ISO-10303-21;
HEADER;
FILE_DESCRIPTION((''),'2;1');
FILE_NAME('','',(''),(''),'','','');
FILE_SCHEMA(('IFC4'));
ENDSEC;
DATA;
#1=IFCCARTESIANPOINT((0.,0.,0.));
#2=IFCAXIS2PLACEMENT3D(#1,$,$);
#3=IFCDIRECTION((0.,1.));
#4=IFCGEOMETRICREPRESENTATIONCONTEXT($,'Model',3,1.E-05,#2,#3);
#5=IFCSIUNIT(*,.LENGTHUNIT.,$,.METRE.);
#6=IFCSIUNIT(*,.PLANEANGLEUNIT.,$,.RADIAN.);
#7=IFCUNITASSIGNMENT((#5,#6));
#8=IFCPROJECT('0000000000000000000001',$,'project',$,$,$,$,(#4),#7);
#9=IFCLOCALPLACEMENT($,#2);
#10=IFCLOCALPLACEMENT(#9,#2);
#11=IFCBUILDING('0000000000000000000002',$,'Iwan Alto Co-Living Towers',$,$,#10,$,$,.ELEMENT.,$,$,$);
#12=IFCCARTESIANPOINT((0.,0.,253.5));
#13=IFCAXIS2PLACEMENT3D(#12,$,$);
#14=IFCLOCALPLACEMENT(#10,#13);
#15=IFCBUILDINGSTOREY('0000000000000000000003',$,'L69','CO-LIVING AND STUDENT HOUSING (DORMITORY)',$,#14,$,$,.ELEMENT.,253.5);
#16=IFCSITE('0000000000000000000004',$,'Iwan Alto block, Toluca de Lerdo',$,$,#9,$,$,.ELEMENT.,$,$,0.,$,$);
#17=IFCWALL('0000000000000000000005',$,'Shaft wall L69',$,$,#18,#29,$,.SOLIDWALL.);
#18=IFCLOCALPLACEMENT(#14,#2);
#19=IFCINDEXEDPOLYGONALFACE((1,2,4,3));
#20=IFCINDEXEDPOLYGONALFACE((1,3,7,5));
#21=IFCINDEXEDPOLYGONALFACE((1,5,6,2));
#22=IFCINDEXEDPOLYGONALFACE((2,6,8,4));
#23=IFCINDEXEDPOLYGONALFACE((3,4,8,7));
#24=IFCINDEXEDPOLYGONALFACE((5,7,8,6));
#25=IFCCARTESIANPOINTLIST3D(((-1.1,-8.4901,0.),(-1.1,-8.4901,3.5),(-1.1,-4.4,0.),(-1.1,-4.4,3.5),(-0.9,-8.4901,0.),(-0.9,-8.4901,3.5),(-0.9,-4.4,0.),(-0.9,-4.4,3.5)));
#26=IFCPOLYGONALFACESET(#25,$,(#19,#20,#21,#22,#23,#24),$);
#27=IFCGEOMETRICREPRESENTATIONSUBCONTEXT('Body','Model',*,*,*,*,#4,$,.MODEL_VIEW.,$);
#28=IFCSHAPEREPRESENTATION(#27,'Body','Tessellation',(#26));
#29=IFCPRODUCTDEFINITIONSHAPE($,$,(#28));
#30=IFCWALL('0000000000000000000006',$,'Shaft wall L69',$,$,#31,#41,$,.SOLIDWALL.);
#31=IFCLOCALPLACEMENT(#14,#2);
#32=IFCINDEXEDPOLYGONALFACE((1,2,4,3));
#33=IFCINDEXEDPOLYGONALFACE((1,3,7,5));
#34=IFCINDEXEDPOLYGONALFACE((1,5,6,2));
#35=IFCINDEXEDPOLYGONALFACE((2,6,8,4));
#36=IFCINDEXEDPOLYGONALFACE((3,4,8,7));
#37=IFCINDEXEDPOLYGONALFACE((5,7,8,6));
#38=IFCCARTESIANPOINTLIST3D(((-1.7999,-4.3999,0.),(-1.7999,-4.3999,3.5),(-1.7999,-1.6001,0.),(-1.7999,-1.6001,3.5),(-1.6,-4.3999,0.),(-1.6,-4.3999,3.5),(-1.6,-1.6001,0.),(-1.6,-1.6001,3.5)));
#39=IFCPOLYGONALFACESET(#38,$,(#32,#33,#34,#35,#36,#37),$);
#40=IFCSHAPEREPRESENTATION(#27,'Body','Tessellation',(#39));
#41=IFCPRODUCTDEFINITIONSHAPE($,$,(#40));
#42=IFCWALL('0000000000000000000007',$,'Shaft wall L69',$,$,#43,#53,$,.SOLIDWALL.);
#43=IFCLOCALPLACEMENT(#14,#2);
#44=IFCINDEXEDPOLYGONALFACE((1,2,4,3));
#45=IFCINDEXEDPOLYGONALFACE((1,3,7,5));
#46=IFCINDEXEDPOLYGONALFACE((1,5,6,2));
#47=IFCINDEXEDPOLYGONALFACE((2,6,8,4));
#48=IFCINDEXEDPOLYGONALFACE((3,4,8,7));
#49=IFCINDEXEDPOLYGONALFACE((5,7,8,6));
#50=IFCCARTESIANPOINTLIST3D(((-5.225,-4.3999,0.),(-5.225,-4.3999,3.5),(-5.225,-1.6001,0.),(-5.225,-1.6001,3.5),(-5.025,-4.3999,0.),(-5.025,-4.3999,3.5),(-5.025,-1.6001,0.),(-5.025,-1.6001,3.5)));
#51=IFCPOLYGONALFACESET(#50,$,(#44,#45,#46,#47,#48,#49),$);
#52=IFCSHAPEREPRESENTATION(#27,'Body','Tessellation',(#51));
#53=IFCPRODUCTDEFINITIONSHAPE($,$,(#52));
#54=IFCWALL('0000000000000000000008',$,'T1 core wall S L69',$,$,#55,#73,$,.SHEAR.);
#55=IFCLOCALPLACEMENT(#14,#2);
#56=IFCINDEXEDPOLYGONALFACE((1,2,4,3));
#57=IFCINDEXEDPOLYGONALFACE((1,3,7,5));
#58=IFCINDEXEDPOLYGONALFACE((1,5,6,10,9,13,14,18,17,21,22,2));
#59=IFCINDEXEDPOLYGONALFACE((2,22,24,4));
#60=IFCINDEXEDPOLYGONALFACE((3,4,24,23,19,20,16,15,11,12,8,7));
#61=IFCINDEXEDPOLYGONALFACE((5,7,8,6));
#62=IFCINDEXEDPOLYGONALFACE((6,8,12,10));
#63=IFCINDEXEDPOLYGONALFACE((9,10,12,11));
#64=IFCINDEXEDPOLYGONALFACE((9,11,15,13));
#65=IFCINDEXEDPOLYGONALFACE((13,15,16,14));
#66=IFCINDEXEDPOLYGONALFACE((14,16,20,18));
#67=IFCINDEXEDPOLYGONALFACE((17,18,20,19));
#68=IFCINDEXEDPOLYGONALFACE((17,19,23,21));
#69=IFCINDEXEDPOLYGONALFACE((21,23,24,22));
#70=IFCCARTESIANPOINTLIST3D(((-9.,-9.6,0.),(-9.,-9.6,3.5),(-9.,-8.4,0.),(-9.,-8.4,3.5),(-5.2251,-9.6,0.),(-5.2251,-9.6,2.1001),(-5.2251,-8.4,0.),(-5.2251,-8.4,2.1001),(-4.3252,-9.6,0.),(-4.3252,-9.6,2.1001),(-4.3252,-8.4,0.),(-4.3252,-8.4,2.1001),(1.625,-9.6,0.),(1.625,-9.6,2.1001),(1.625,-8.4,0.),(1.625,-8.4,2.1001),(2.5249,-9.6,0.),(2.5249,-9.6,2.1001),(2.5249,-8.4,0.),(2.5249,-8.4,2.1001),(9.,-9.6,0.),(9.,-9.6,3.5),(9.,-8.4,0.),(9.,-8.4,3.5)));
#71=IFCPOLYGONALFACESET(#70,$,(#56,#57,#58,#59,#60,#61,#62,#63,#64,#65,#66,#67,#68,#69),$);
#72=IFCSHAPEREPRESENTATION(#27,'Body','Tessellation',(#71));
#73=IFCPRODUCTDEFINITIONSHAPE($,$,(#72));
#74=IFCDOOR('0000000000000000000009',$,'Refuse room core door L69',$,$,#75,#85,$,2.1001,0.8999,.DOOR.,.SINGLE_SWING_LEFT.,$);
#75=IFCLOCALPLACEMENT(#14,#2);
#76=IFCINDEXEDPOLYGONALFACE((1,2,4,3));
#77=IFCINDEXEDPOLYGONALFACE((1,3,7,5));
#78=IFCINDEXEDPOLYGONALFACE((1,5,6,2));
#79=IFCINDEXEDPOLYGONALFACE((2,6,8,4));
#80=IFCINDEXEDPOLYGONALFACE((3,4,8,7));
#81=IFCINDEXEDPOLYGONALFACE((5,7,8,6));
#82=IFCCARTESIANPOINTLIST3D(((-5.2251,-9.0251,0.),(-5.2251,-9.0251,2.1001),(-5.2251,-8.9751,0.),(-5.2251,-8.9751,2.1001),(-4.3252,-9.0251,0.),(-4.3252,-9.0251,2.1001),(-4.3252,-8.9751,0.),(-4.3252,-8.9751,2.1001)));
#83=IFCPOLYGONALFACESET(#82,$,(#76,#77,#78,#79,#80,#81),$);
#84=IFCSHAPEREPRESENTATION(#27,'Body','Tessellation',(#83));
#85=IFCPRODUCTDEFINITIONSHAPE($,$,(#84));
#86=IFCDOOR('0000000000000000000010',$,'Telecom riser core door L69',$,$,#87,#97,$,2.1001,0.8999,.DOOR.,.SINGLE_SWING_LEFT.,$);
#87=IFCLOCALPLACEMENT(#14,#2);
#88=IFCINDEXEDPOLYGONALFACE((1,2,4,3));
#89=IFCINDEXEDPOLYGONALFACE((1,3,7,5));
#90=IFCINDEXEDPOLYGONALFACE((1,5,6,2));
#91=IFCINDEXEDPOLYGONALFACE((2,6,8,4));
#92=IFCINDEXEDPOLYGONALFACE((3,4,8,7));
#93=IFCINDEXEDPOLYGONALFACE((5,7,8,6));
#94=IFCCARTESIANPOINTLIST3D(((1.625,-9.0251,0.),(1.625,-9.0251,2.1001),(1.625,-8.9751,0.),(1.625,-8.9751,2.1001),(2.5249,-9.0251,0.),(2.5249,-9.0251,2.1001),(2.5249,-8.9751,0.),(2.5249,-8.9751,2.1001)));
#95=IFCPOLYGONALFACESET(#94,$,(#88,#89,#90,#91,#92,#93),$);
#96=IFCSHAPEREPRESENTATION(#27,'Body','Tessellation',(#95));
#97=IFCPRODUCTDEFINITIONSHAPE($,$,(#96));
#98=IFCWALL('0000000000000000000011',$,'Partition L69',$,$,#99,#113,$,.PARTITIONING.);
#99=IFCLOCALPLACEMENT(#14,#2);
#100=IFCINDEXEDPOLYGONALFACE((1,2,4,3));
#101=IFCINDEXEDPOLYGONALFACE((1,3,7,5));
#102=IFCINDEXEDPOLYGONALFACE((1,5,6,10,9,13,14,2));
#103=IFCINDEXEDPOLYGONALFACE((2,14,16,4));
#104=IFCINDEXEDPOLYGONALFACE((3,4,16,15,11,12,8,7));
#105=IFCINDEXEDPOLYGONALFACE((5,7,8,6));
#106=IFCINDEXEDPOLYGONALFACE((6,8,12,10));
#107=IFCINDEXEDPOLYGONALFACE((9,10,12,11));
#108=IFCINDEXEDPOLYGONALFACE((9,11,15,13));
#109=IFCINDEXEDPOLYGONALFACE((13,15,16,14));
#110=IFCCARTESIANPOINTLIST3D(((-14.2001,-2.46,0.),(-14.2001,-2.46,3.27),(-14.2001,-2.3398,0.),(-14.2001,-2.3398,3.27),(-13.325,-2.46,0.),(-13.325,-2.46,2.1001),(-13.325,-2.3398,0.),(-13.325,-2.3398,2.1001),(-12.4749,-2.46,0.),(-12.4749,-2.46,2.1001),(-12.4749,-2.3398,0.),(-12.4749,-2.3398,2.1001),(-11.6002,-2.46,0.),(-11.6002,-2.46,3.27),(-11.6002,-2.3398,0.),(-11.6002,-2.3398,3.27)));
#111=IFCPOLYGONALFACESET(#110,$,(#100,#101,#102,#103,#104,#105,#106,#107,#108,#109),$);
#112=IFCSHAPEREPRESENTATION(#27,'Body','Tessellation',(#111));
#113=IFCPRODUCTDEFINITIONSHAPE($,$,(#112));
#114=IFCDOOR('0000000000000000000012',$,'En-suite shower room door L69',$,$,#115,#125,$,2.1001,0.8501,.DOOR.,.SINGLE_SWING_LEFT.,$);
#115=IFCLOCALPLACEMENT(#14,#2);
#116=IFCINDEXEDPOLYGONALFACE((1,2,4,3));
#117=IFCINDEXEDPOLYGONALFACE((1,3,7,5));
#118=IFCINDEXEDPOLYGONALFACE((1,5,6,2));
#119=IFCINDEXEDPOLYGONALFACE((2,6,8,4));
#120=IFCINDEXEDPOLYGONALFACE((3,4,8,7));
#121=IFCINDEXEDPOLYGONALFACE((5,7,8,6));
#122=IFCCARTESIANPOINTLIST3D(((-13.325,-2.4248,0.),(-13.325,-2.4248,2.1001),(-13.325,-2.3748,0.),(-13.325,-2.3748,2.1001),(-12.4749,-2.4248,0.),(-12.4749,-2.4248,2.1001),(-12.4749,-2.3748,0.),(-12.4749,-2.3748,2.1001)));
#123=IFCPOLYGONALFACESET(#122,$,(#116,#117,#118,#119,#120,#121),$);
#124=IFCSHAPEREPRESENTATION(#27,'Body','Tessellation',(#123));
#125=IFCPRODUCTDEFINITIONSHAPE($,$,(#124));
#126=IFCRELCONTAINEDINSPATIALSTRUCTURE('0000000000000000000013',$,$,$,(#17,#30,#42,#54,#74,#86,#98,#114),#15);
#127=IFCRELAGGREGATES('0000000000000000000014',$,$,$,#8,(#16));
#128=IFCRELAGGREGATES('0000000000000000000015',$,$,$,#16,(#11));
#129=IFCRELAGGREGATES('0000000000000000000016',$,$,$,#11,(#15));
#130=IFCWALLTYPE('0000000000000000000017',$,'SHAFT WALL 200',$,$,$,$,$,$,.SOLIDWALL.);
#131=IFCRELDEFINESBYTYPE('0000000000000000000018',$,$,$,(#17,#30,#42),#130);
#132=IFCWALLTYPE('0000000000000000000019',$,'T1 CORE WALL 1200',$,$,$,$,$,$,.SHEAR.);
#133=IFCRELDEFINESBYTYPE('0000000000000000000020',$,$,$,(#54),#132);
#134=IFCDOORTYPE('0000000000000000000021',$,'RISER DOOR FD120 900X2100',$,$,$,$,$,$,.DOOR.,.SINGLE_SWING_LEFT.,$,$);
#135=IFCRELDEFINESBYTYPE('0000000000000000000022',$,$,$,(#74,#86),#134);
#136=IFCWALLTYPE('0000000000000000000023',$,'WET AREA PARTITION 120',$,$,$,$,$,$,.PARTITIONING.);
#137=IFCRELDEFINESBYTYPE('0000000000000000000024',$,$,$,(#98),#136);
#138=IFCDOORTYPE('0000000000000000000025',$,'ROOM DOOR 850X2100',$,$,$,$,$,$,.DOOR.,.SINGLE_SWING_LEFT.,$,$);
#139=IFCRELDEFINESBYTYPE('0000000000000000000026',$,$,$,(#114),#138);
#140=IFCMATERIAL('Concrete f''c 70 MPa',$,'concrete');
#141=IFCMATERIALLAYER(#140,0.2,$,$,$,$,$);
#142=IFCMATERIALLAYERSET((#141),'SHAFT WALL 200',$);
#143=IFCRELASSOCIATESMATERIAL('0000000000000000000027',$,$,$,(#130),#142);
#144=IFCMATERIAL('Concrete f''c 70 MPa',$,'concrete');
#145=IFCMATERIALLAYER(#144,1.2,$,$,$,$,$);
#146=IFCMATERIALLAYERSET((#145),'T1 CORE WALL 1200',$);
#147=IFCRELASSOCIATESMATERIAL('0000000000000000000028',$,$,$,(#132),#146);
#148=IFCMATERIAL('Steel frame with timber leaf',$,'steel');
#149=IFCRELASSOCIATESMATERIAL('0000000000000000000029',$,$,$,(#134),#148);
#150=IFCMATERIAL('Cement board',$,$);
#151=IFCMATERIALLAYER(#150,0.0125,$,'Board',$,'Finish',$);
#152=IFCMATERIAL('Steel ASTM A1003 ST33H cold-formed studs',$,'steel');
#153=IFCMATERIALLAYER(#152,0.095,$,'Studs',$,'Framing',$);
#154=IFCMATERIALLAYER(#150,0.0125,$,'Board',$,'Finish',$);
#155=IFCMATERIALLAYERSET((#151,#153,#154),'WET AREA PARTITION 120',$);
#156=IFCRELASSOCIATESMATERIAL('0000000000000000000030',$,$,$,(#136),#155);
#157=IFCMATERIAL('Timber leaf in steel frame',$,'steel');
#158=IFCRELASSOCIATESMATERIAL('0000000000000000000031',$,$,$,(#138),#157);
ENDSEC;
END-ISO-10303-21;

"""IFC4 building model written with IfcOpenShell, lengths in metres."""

from ifc_helpers import new_model, si_unit, direction, frame, frame_2d, origin, place, context, subcontext, project, spatial, rectangle, extrude, material, layer, layer_set, type_object, element, fill, save


model = new_model("IFC4")

# Units and contexts
model_context = context("Model", 3, precision=1e-05, world=origin(), true_north=direction((0.0, 1.0)))
body_context = subcontext(model_context, "Body", "Model", "MODEL_VIEW")
ifc_project = project(units=[si_unit("LENGTHUNIT", "METRE"), si_unit("PLANEANGLEUNIT", "RADIAN")], contexts=[model_context])

# Site, building, storey
site_placement = place(None, origin())
site = spatial("IfcSite", under=ifc_project, at=site_placement, Name="Iwan Alto block, Toluca de Lerdo", CompositionType="ELEMENT", RefElevation=0.0)
building_placement = place(site_placement, origin())
building = spatial("IfcBuilding", under=site, at=building_placement, Name="Iwan Alto Co-Living Towers", CompositionType="ELEMENT")
storey_placement = place(building_placement, frame((0.0, 0.0, 253.5)))
storey = spatial("IfcBuildingStorey", under=building, at=storey_placement, Name="L69", Description="CO-LIVING AND STUDENT HOUSING (DORMITORY)", CompositionType="ELEMENT", Elevation=253.5)

# Shared definitions
ifc_material_1 = material(Name="Steel ASTM A1003 ST33H cold-formed studs", Category="steel")

# Shared definitions
ifc_material_2 = material(Name="Concrete f'c 70 MPa", Category="concrete")
ifc_layer_1 = layer(ifc_material_2, 0.2)
ifc_layer_set_1 = layer_set([ifc_layer_1], Name="SHAFT WALL 200")
wall_type_1 = type_object("IfcWallType", Name="SHAFT WALL 200", PredefinedType="SOLIDWALL", material=ifc_layer_set_1)

# Walls
wall_1_placement = place(storey_placement, frame((-1.0, -8.49, 0.0), z_axis=(0.0, 0.0, 1.0), x_axis=(0.0, 1.0, 0.0)))
element("IfcWall", 1, at=wall_1_placement, inside=storey, type_object=wall_type_1, Name="Shaft wall L69", PredefinedType="SOLIDWALL", context=body_context, shape_type="SweptSolid", body=[
    extrude(rectangle(XDim=4.0901, YDim=0.2, at=frame_2d((2.0449, 0.0))), origin(), (0.0, 0.0, 1.0), 3.5),
])
for number, where, z_axis, x_axis, name in (
    (2, (-1.7, -4.3999, 0.0), (0.0, 0.0, 1.0), (0.0, 1.0, 0.0), "Shaft wall L69"),
    (3, (-5.125, -4.3999, 0.0), (0.0, 0.0, 1.0), (0.0, 1.0, 0.0), "Shaft wall L69"),
):
    element("IfcWall", number, at=place(storey_placement, frame(where, z_axis=z_axis, x_axis=x_axis)), inside=storey, type_object=wall_type_1, Name=name, PredefinedType="SOLIDWALL", context=body_context, shape_type="SweptSolid", body=[
        extrude(rectangle(XDim=2.7998, YDim=0.2, at=frame_2d((1.3999, 0.0))), origin(), (0.0, 0.0, 1.0), 3.5),
    ])

# Wall, openings, doors
ifc_material_3 = material(Name="Concrete f'c 70 MPa", Category="concrete")
ifc_layer_2 = layer(ifc_material_3, 1.2)
ifc_layer_set_2 = layer_set([ifc_layer_2], Name="T1 CORE WALL 1200")
wall_type_2 = type_object("IfcWallType", Name="T1 CORE WALL 1200", PredefinedType="SHEAR", material=ifc_layer_set_2)
wall_2_placement = place(storey_placement, frame((-9.0, -9.0, 0.0), z_axis=(0.0, 0.0, 1.0), x_axis=(1.0, 0.0, 0.0)))
wall_2 = element("IfcWall", 4, at=wall_2_placement, inside=storey, type_object=wall_type_2, Name="T1 core wall S L69", PredefinedType="SHEAR", context=body_context, shape_type="SweptSolid", body=[
    extrude(rectangle(XDim=18.0, YDim=1.2, at=frame_2d((9.0, 0.0))), origin(), (0.0, 0.0, 1.0), 3.5),
])
opening_1_placement = place(wall_2_placement, frame((3.7749, 0.0, 0.0)))
opening_1 = element("IfcOpeningElement", 5, at=opening_1_placement, cuts=wall_2, PredefinedType="OPENING", context=body_context, shape_type="SweptSolid", body=[
    extrude(rectangle(XDim=0.8999, YDim=2.1001, at=frame_2d((0.45, 1.05))), frame((0.0, 0.6099, 0.0), z_axis=(0.0, -1.0, 0.0), x_axis=(1.0, 0.0, 0.0)), (0.0, 0.0, 1.0), 1.22),
])
opening_2_placement = place(wall_2_placement, frame((10.625, 0.0, 0.0)))
opening_2 = element("IfcOpeningElement", 6, at=opening_2_placement, cuts=wall_2, PredefinedType="OPENING", context=body_context, shape_type="SweptSolid", body=[
    extrude(rectangle(XDim=0.8999, YDim=2.1001, at=frame_2d((0.45, 1.05))), frame((0.0, 0.6099, 0.0), z_axis=(0.0, -1.0, 0.0), x_axis=(1.0, 0.0, 0.0)), (0.0, 0.0, 1.0), 1.22),
])
ifc_material_4 = material(Name="Steel frame with timber leaf", Category="steel")
door_type_1 = type_object("IfcDoorType", Name="RISER DOOR FD120 900X2100", OperationType="SINGLE_SWING_LEFT", PredefinedType="DOOR", material=ifc_material_4)
door_1_placement = place(opening_1_placement, origin())
door_1 = element("IfcDoor", 7, at=door_1_placement, inside=storey, type_object=door_type_1, Name="Refuse room core door L69", OperationType="SINGLE_SWING_LEFT", OverallHeight=2.1001, OverallWidth=0.8999, PredefinedType="DOOR", context=body_context, shape_type="SweptSolid", body=[
    extrude(rectangle(XDim=0.8999, YDim=2.1001, at=frame_2d((0.45, 1.05))), frame((0.0, 0.0249, 0.0), z_axis=(0.0, -1.0, 0.0), x_axis=(1.0, 0.0, 0.0)), (0.0, 0.0, 1.0), 0.05),
])
fill(opening_1, door_1)
door_2_placement = place(opening_2_placement, origin())
door_2 = element("IfcDoor", 8, at=door_2_placement, inside=storey, type_object=door_type_1, Name="Telecom riser core door L69", OperationType="SINGLE_SWING_LEFT", OverallHeight=2.1001, OverallWidth=0.8999, PredefinedType="DOOR", context=body_context, shape_type="SweptSolid", body=[
    extrude(rectangle(XDim=0.8999, YDim=2.1001, at=frame_2d((0.45, 1.05))), frame((0.0, 0.0249, 0.0), z_axis=(0.0, -1.0, 0.0), x_axis=(1.0, 0.0, 0.0)), (0.0, 0.0, 1.0), 0.05),
])
fill(opening_2, door_2)

# Wall, opening, door
ifc_material_5 = material(Name="Cement board")
ifc_layer_3 = layer(ifc_material_5, 0.0125, Name="Board", Category="Finish")
ifc_layer_4 = layer(ifc_material_1, 0.095, Name="Studs", Category="Framing")
ifc_layer_5 = layer(ifc_material_5, 0.0125, Name="Board", Category="Finish")
ifc_layer_set_3 = layer_set([ifc_layer_3, ifc_layer_4, ifc_layer_5], Name="WET AREA PARTITION 120")
wall_type_3 = type_object("IfcWallType", Name="WET AREA PARTITION 120", PredefinedType="PARTITIONING", material=ifc_layer_set_3)
wall_3_placement = place(storey_placement, frame((-14.2, -2.3999, 0.0), z_axis=(0.0, 0.0, 1.0), x_axis=(1.0, 0.0, 0.0)))
wall_3 = element("IfcWall", 9, at=wall_3_placement, inside=storey, type_object=wall_type_3, Name="Partition L69", PredefinedType="PARTITIONING", context=body_context, shape_type="SweptSolid", body=[
    extrude(rectangle(XDim=2.5999, YDim=0.1201, at=frame_2d((1.2998, 0.0))), origin(), (0.0, 0.0, 1.0), 3.27),
])
opening_3_placement = place(wall_3_placement, frame((0.875, 0.0, 0.0)))
opening_3 = element("IfcOpeningElement", 10, at=opening_3_placement, cuts=wall_3, PredefinedType="OPENING", context=body_context, shape_type="SweptSolid", body=[
    extrude(rectangle(XDim=0.8501, YDim=2.1001, at=frame_2d((0.425, 1.05))), frame((0.0, 0.0701, 0.0), z_axis=(0.0, -1.0, 0.0), x_axis=(1.0, 0.0, 0.0)), (0.0, 0.0, 1.0), 0.1401),
])
ifc_material_6 = material(Name="Timber leaf in steel frame", Category="steel")
door_type_2 = type_object("IfcDoorType", Name="ROOM DOOR 850X2100", OperationType="SINGLE_SWING_LEFT", PredefinedType="DOOR", material=ifc_material_6)
door_3_placement = place(opening_3_placement, frame((0.8501, 0.0, 0.0), z_axis=(0.0, 0.0, 1.0), x_axis=(-1.0, 0.0, 0.0)))
door_3 = element("IfcDoor", 11, at=door_3_placement, inside=storey, type_object=door_type_2, Name="En-suite shower room door L69", OperationType="SINGLE_SWING_LEFT", OverallHeight=2.1001, OverallWidth=0.8501, PredefinedType="DOOR", context=body_context, shape_type="SweptSolid", body=[
    extrude(rectangle(XDim=0.8501, YDim=2.1001, at=frame_2d((0.425, 1.05))), frame((0.0, 0.0249, 0.0), z_axis=(0.0, -1.0, 0.0), x_axis=(1.0, 0.0, 0.0)), (0.0, 0.0, 1.0), 0.05),
])
fill(opening_3, door_3)

save(model, "model.ifc")
